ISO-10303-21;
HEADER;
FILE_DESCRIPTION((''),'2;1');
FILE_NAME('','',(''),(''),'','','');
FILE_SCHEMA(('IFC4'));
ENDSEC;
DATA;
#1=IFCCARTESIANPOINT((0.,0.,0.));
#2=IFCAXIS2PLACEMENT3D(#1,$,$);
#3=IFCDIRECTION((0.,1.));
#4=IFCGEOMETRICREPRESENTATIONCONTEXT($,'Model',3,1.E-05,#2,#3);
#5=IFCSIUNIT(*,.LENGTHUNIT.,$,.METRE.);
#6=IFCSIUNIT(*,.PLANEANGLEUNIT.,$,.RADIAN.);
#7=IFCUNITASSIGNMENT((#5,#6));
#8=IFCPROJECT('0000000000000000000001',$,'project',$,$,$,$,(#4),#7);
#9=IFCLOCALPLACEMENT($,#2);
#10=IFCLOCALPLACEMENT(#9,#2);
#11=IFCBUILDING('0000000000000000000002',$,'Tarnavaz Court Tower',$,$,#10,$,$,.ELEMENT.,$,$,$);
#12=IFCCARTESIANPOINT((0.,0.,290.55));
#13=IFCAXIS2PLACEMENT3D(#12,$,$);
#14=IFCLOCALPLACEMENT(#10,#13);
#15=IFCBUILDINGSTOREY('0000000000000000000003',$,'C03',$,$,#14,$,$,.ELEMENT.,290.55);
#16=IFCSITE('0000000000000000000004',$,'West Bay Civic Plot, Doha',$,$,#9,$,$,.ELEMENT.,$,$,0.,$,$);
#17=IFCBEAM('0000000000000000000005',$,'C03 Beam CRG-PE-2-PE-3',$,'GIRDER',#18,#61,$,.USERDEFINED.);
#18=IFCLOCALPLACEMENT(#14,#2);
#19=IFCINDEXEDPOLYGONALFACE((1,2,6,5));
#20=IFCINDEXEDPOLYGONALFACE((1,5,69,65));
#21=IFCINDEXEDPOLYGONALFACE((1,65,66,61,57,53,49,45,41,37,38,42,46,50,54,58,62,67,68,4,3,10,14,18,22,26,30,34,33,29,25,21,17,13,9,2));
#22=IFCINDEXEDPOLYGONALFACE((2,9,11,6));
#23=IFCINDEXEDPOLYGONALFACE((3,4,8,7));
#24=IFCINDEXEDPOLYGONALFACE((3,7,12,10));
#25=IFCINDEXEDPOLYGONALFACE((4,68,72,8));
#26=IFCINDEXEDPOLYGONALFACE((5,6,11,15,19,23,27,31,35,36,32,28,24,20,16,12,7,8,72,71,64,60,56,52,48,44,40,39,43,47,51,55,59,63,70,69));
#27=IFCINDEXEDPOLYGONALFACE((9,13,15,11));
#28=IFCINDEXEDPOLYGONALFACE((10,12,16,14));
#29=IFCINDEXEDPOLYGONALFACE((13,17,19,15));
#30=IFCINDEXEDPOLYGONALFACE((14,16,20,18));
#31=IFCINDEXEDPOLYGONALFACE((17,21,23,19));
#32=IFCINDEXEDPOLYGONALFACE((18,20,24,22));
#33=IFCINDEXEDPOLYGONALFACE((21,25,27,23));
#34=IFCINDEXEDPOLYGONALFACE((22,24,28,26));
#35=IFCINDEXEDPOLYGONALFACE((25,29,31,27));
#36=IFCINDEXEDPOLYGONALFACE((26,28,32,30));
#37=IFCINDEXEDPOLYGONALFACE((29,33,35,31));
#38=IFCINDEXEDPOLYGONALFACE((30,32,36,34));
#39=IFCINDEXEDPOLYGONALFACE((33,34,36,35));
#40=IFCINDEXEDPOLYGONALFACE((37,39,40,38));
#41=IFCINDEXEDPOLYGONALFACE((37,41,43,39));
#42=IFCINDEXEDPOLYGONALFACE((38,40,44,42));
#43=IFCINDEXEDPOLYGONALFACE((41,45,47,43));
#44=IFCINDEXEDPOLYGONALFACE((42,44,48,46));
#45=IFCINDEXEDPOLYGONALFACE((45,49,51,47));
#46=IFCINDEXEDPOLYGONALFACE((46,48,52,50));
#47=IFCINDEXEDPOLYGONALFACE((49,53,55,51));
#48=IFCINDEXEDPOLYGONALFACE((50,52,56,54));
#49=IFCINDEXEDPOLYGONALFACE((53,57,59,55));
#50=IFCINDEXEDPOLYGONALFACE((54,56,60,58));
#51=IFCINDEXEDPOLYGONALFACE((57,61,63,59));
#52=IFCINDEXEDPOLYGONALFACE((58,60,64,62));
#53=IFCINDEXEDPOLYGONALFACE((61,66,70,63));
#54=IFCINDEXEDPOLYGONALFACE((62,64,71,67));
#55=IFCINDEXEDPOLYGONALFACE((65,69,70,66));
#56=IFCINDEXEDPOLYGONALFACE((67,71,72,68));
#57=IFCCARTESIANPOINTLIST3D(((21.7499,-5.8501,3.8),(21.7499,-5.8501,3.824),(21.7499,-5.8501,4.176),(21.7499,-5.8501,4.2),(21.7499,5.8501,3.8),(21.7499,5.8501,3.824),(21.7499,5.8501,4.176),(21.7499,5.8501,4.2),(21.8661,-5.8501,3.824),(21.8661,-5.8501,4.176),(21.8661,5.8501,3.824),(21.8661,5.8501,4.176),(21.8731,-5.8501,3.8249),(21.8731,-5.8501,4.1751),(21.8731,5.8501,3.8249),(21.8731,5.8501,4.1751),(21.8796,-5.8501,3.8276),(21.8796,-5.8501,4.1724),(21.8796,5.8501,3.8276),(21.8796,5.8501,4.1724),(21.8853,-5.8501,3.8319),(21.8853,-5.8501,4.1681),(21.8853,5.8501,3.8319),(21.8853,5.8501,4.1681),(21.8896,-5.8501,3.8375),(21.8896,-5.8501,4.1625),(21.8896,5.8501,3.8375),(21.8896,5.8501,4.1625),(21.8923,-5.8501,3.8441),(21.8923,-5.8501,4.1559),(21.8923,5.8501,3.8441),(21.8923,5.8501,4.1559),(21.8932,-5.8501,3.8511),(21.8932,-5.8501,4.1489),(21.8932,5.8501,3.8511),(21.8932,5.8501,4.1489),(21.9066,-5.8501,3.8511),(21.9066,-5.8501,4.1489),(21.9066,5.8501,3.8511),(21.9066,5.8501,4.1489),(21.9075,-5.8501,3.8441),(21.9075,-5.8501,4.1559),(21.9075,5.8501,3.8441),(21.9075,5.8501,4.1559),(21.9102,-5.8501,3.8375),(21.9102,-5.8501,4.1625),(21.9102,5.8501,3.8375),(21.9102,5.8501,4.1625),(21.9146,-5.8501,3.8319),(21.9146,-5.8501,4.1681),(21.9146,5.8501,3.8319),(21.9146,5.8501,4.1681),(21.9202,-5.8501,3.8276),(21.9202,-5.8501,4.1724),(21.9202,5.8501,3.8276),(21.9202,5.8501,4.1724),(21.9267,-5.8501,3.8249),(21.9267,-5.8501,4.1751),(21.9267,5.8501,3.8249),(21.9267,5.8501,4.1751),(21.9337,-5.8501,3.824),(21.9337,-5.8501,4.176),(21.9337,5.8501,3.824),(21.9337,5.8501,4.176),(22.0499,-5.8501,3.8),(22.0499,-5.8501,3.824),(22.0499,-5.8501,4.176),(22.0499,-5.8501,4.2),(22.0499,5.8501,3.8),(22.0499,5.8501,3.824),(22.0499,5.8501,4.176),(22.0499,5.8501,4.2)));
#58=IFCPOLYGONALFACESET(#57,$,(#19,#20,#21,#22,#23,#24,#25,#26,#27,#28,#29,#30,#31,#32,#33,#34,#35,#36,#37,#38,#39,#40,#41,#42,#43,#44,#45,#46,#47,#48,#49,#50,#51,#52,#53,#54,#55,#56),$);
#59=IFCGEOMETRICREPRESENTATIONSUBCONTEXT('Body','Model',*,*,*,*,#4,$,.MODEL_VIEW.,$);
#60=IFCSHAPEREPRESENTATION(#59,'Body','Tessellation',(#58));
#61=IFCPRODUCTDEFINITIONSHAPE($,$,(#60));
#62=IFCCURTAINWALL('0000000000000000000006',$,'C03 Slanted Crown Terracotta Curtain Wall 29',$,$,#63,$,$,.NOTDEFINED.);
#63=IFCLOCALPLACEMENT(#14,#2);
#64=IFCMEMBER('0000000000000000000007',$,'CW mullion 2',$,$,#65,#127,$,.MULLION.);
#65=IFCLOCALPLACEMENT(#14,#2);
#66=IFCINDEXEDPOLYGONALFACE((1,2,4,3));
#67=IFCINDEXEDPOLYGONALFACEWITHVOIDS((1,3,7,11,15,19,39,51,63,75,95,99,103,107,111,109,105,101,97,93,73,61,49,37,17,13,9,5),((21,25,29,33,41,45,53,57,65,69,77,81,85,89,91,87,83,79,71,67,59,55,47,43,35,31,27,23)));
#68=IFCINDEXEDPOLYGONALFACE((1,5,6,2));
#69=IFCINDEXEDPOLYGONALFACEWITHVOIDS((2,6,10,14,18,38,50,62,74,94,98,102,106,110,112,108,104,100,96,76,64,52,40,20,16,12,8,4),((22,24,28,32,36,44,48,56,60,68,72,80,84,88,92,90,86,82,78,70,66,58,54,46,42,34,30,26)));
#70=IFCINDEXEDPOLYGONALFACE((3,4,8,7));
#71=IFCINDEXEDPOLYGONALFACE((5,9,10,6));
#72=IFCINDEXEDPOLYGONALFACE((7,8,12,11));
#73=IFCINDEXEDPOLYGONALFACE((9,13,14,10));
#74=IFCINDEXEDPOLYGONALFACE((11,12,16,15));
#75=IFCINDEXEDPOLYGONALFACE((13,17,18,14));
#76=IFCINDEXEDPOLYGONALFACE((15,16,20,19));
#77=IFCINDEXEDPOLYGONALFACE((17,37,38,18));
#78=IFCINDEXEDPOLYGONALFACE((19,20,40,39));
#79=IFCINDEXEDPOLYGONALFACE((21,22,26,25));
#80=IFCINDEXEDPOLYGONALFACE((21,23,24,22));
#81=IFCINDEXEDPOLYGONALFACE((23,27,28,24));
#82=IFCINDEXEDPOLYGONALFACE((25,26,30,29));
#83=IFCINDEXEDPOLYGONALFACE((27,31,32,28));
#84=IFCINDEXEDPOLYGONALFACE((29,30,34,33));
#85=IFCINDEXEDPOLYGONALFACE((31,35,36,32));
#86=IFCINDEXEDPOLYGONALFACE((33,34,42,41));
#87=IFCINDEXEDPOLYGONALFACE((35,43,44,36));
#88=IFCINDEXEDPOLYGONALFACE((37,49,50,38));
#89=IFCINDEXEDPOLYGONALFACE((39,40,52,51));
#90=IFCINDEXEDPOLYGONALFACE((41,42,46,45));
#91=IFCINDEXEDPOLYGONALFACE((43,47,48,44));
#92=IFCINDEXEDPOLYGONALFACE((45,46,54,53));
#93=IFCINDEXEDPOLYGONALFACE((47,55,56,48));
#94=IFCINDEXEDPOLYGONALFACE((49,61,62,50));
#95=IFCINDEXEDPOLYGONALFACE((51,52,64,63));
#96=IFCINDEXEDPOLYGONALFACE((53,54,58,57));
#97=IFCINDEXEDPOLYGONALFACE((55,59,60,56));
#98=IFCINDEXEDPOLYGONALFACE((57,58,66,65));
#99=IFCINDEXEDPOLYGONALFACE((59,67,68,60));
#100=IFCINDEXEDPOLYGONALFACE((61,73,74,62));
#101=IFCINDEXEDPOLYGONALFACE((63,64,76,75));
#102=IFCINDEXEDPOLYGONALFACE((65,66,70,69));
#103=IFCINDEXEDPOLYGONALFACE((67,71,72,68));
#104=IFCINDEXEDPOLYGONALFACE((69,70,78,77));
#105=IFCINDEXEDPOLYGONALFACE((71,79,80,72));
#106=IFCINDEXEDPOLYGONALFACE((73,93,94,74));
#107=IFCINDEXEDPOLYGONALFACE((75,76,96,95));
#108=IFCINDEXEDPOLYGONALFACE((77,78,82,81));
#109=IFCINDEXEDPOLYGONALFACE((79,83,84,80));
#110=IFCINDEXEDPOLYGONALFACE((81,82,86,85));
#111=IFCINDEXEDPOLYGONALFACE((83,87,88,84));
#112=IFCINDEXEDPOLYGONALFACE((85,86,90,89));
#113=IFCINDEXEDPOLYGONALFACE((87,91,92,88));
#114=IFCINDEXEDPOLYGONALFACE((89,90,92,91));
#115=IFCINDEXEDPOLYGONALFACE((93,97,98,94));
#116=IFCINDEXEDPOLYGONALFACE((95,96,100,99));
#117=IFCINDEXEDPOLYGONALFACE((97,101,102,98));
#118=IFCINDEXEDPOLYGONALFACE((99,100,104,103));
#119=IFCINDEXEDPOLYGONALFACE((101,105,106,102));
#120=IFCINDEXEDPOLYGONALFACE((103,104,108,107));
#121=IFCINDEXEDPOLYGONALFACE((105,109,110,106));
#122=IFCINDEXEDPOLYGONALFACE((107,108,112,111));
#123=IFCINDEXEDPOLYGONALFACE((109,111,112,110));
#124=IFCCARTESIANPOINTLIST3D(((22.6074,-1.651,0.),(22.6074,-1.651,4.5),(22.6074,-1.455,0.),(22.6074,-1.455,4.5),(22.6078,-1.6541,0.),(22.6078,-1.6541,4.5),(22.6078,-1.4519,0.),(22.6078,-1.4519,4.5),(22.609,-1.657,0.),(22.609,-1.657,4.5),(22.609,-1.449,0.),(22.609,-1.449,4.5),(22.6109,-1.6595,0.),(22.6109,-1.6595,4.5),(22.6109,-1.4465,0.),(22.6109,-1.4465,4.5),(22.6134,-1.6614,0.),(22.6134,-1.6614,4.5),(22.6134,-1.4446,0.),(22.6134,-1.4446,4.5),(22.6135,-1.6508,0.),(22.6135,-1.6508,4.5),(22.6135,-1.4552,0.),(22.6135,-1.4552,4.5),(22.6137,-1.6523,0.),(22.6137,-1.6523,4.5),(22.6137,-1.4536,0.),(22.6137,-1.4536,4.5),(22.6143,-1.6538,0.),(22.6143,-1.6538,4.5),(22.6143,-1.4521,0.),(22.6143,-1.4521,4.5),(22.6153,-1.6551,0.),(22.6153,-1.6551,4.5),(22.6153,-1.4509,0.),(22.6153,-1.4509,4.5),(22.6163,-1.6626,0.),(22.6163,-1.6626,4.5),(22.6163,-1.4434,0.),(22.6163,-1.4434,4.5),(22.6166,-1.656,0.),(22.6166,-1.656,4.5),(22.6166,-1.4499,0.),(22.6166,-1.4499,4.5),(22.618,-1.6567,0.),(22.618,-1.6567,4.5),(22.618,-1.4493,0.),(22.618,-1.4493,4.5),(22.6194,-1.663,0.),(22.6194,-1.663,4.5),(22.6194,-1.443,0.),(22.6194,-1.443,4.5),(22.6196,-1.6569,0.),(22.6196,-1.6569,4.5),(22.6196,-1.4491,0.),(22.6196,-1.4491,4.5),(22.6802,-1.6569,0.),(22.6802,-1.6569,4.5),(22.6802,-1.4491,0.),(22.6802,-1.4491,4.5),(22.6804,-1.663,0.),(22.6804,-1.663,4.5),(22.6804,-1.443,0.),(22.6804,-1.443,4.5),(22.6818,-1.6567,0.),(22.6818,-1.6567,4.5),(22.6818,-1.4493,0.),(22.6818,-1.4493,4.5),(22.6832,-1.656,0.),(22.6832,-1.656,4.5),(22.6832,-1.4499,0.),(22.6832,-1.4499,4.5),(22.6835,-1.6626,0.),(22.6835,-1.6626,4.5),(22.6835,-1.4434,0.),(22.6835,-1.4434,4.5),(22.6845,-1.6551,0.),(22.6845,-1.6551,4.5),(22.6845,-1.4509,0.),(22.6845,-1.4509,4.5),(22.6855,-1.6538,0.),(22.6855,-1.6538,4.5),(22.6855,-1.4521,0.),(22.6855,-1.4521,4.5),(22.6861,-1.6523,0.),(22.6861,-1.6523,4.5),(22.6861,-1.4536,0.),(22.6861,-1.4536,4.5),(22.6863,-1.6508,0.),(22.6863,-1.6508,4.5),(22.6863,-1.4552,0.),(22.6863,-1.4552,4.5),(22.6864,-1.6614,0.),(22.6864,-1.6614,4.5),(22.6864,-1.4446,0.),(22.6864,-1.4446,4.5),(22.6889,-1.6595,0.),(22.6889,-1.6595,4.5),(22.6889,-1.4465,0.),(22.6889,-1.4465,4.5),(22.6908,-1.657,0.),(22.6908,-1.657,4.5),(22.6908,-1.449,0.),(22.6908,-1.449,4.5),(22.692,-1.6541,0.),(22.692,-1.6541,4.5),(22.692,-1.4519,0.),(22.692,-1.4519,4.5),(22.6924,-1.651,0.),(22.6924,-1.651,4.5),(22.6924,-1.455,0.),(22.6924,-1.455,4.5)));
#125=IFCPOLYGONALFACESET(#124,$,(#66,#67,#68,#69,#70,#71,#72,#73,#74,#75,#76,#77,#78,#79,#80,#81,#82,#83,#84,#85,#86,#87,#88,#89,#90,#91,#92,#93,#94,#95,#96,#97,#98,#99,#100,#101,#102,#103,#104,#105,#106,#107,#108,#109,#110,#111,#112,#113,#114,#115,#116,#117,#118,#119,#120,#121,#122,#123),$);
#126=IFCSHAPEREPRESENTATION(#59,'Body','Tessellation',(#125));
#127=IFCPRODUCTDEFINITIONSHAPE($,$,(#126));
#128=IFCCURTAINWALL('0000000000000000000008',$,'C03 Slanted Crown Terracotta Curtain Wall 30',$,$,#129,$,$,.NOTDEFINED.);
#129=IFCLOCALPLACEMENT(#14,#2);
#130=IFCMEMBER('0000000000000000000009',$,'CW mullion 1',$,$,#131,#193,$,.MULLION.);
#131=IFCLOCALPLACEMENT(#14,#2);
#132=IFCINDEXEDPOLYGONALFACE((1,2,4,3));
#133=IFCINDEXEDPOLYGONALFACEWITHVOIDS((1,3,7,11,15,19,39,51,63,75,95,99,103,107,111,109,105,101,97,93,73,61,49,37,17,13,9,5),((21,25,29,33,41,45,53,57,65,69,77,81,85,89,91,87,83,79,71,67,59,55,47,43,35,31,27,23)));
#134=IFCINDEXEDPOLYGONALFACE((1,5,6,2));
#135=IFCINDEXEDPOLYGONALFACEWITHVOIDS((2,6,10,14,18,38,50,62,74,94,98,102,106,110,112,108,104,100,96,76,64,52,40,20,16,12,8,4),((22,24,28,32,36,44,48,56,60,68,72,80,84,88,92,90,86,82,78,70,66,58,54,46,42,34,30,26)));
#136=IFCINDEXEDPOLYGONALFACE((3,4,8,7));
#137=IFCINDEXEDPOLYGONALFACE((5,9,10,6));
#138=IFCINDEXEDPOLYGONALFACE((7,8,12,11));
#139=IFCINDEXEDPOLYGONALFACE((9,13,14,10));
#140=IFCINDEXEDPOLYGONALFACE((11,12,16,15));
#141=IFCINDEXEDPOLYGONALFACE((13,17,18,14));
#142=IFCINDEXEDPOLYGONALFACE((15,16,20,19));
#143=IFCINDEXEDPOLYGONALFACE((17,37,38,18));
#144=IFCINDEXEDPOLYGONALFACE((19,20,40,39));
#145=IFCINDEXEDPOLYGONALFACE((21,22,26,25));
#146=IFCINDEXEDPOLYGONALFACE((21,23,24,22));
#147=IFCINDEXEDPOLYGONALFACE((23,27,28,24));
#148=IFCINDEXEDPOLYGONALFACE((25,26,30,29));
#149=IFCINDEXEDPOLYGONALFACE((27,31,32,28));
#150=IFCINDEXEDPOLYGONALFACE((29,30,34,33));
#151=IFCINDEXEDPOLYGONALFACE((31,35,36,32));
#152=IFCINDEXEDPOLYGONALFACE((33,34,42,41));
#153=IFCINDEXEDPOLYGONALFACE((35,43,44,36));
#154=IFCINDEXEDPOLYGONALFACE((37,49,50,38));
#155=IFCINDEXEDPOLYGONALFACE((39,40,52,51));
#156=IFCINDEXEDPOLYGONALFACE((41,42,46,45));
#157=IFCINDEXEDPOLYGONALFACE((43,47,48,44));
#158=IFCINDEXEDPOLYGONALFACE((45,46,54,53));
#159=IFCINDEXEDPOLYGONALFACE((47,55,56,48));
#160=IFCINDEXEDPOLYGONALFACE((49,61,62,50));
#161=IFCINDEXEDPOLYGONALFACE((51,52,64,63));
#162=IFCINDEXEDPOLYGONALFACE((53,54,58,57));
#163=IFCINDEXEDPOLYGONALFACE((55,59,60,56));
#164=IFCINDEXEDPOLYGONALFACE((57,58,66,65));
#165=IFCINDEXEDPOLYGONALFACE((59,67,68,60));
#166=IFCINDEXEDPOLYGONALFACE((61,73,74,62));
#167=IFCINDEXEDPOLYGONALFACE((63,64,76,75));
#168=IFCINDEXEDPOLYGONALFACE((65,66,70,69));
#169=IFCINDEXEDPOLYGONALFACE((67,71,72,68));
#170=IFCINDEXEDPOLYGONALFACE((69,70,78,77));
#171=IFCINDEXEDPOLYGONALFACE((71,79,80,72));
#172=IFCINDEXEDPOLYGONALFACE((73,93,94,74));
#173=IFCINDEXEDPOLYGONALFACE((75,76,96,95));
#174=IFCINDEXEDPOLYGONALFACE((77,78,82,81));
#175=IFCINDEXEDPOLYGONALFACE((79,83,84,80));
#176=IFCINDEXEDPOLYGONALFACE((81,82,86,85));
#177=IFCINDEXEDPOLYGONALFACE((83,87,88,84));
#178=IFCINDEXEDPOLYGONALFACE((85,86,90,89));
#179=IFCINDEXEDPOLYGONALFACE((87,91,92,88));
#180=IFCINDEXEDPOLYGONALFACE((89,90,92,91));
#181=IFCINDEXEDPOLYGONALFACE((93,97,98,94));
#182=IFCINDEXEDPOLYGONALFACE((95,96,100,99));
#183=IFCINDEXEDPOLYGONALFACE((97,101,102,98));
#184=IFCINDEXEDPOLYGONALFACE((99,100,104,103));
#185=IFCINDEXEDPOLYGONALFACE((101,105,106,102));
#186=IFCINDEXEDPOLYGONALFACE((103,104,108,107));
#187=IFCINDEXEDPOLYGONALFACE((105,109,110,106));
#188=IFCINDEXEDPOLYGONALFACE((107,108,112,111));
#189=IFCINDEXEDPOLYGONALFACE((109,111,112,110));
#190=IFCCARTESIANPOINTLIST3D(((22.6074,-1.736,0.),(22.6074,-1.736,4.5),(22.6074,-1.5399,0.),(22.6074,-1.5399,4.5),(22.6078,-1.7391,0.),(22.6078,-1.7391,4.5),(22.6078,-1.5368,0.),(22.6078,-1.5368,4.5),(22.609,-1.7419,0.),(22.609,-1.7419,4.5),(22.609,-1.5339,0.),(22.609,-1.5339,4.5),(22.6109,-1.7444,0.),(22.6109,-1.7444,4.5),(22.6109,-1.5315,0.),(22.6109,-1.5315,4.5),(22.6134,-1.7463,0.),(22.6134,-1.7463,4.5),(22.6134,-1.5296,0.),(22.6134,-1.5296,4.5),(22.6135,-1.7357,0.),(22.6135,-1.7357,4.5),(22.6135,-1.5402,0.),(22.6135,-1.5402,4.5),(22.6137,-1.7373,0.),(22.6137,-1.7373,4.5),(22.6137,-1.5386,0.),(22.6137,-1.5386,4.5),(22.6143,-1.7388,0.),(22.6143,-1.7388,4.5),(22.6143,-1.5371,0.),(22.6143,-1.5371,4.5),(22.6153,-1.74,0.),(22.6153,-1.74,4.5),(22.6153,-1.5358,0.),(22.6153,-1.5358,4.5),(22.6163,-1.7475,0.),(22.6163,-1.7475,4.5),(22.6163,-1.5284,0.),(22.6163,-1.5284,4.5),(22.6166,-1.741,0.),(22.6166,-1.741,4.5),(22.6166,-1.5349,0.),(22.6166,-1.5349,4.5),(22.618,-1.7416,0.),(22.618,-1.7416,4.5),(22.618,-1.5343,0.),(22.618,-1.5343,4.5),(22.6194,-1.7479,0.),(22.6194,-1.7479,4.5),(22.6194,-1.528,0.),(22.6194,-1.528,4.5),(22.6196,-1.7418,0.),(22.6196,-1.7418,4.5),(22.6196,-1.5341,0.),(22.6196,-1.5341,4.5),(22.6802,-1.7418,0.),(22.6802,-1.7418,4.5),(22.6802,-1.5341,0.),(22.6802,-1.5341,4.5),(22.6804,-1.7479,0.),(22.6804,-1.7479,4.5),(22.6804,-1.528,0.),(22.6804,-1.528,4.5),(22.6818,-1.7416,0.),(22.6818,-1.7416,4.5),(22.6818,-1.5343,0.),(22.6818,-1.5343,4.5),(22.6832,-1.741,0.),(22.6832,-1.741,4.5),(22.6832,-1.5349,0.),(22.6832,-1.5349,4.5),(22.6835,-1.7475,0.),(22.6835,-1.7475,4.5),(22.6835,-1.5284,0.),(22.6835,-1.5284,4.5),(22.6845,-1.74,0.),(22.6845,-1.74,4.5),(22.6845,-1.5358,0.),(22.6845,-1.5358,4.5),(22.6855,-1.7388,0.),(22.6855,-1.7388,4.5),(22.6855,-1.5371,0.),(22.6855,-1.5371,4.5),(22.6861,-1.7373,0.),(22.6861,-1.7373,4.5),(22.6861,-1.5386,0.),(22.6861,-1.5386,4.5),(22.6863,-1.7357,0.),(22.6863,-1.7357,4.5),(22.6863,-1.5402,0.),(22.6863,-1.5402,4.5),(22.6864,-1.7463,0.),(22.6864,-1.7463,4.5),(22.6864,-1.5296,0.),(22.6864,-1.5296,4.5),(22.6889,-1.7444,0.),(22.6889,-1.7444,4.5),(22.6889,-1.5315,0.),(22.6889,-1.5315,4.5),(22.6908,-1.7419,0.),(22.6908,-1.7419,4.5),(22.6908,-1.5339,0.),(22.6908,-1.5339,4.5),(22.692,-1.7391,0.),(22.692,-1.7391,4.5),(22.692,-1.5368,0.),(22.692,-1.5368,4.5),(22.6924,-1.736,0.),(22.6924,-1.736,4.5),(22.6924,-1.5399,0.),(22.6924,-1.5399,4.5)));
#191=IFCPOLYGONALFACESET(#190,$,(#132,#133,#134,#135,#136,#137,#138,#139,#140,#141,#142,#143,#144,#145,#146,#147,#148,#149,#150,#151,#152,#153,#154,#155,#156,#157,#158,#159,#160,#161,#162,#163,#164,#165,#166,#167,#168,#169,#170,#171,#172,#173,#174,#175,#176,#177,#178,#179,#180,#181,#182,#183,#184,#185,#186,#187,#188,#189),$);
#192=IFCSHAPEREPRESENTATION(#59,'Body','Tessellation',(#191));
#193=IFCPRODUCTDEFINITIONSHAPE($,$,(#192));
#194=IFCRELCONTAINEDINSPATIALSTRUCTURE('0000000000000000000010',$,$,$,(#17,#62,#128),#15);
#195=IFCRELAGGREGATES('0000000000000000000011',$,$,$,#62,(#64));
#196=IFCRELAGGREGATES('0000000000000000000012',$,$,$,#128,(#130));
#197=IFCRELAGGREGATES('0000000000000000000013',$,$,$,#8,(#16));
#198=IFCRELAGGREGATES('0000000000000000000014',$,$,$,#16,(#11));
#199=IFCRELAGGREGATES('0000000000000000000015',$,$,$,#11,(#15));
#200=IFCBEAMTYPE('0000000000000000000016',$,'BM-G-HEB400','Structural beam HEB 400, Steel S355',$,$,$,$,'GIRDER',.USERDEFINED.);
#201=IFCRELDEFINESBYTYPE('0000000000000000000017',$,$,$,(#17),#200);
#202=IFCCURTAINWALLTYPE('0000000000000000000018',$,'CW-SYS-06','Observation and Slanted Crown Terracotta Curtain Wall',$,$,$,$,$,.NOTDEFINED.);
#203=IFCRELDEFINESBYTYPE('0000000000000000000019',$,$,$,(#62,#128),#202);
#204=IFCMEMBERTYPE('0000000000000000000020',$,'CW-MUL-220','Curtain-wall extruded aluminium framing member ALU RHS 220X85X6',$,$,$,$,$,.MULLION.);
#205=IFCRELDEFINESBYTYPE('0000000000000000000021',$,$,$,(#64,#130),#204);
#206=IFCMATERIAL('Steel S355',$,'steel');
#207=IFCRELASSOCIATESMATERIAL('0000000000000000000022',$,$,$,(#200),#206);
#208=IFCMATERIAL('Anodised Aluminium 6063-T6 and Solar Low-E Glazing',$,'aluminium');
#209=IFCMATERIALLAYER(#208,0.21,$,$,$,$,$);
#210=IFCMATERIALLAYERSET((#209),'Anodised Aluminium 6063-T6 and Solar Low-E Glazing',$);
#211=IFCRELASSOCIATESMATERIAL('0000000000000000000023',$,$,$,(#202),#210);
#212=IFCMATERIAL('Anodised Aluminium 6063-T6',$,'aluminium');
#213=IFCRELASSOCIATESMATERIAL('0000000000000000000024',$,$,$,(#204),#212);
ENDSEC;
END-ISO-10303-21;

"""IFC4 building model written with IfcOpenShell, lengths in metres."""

from ifc_helpers import new_model, si_unit, direction, frame, origin, origin_2d, place, context, subcontext, project, spatial, hollow_rectangle, i_section, extrude, material, layer, layer_set, material_profile, profile_set, type_object, element, aggregate, save


model = new_model("IFC4")

# Units and contexts
model_context = context("Model", 3, precision=1e-05, world=origin(), true_north=direction((0.0, 1.0)))
body_context = subcontext(model_context, "Body", "Model", "MODEL_VIEW")
ifc_project = project(units=[si_unit("LENGTHUNIT", "METRE"), si_unit("PLANEANGLEUNIT", "RADIAN")], contexts=[model_context])

# Site, building, storey
site_placement = place(None, origin())
site = spatial("IfcSite", under=ifc_project, at=site_placement, Name="West Bay Civic Plot, Doha", CompositionType="ELEMENT", RefElevation=0.0)
building_placement = place(site_placement, origin())
building = spatial("IfcBuilding", under=site, at=building_placement, Name="Tarnavaz Court Tower", CompositionType="ELEMENT")
storey_placement = place(building_placement, frame((0.0, 0.0, 290.55)))
storey = spatial("IfcBuildingStorey", under=building, at=storey_placement, Name="C03", CompositionType="ELEMENT", Elevation=290.55)

# Shared definitions
ifc_material_1 = material(Name="Steel S355", Category="steel")

# Beam
ifc_material_profile_1 = material_profile(ifc_material_1, i_section(OverallWidth=0.3, OverallDepth=0.3999, WebThickness=0.0134, FlangeThickness=0.0239, FilletRadius=0.0271, at=origin_2d()), Name="HEB 400")
ifc_profile_set_1 = profile_set([ifc_material_profile_1], Name="Steel S355")
beam_type = type_object("IfcBeamType", Name="BM-G-HEB400", Description="Structural beam HEB 400, Steel S355", ElementType="GIRDER", PredefinedType="USERDEFINED", material=ifc_profile_set_1)
beam_1_placement = place(storey_placement, frame((21.8999, -5.8501, 4.0), z_axis=(0.0, 1.0, 0.0), x_axis=(-1.0, 0.0, 0.0)))
element("IfcBeam", 1, at=beam_1_placement, inside=storey, type_object=beam_type, Name="C03 Beam CRG-PE-2-PE-3", ObjectType="GIRDER", PredefinedType="USERDEFINED", context=body_context, shape_type="SweptSolid", body=[
    extrude(i_section(OverallWidth=0.3, OverallDepth=0.3999, WebThickness=0.0134, FlangeThickness=0.0239, FilletRadius=0.0271, at=origin_2d()), origin(), (0.0, 0.0, 1.0), 11.7002),
])

# Curtain wall, member
ifc_material_2 = material(Name="Anodised Aluminium 6063-T6 and Solar Low-E Glazing", Category="aluminium")
ifc_layer_1 = layer(ifc_material_2, 0.21)
ifc_layer_set_1 = layer_set([ifc_layer_1], Name="Anodised Aluminium 6063-T6 and Solar Low-E Glazing")
curtain_wall_type = type_object("IfcCurtainWallType", Name="CW-SYS-06", Description="Observation and Slanted Crown Terracotta Curtain Wall", PredefinedType="NOTDEFINED", material=ifc_layer_set_1)
curtain_wall_1_placement = place(storey_placement, origin())
curtain_wall_1 = element("IfcCurtainWall", 2, at=curtain_wall_1_placement, inside=storey, type_object=curtain_wall_type, Name="C03 Slanted Crown Terracotta Curtain Wall 29", PredefinedType="NOTDEFINED")
ifc_material_3 = material(Name="Anodised Aluminium 6063-T6", Category="aluminium")
ifc_material_profile_2 = material_profile(ifc_material_3, hollow_rectangle(XDim=0.085, YDim=0.22, WallThickness=0.0061, InnerFilletRadius=0.0061, OuterFilletRadius=0.012, at=origin_2d()), Name="ALU RHS 220X85X6")
ifc_profile_set_2 = profile_set([ifc_material_profile_2], Name="Anodised Aluminium 6063-T6")
member_type_1 = type_object("IfcMemberType", Name="CW-MUL-220", Description="Curtain-wall extruded aluminium framing member ALU RHS 220X85X6", PredefinedType="MULLION", material=ifc_profile_set_2)
member_1_placement = place(storey_placement, frame((22.6499, -1.553, 0.0), z_axis=(0.0, 0.0, 1.0), x_axis=(1.0, 0.0, 0.0)))
member_1 = element("IfcMember", 3, at=member_1_placement, type_object=member_type_1, Name="CW mullion 2", PredefinedType="MULLION", context=body_context, shape_type="SweptSolid", body=[
    extrude(hollow_rectangle(XDim=0.085, YDim=0.22, WallThickness=0.0061, InnerFilletRadius=0.0061, OuterFilletRadius=0.012, at=origin_2d()), origin(), (0.0, 0.0, 1.0), 4.5),
])
aggregate(curtain_wall_1, [member_1])

# Curtain wall, member
curtain_wall_2_placement = place(storey_placement, origin())
curtain_wall_2 = element("IfcCurtainWall", 4, at=curtain_wall_2_placement, inside=storey, type_object=curtain_wall_type, Name="C03 Slanted Crown Terracotta Curtain Wall 30", PredefinedType="NOTDEFINED")
member_2_placement = place(storey_placement, frame((22.6499, -1.6379, 0.0), z_axis=(0.0, 0.0, 1.0), x_axis=(1.0, 0.0, 0.0)))
member_2 = element("IfcMember", 5, at=member_2_placement, type_object=member_type_1, Name="CW mullion 1", PredefinedType="MULLION", context=body_context, shape_type="SweptSolid", body=[
    extrude(hollow_rectangle(XDim=0.085, YDim=0.22, WallThickness=0.0061, InnerFilletRadius=0.0061, OuterFilletRadius=0.012, at=origin_2d()), origin(), (0.0, 0.0, 1.0), 4.5),
])

aggregate(curtain_wall_2, [member_2])

save(model, "model.ifc")
